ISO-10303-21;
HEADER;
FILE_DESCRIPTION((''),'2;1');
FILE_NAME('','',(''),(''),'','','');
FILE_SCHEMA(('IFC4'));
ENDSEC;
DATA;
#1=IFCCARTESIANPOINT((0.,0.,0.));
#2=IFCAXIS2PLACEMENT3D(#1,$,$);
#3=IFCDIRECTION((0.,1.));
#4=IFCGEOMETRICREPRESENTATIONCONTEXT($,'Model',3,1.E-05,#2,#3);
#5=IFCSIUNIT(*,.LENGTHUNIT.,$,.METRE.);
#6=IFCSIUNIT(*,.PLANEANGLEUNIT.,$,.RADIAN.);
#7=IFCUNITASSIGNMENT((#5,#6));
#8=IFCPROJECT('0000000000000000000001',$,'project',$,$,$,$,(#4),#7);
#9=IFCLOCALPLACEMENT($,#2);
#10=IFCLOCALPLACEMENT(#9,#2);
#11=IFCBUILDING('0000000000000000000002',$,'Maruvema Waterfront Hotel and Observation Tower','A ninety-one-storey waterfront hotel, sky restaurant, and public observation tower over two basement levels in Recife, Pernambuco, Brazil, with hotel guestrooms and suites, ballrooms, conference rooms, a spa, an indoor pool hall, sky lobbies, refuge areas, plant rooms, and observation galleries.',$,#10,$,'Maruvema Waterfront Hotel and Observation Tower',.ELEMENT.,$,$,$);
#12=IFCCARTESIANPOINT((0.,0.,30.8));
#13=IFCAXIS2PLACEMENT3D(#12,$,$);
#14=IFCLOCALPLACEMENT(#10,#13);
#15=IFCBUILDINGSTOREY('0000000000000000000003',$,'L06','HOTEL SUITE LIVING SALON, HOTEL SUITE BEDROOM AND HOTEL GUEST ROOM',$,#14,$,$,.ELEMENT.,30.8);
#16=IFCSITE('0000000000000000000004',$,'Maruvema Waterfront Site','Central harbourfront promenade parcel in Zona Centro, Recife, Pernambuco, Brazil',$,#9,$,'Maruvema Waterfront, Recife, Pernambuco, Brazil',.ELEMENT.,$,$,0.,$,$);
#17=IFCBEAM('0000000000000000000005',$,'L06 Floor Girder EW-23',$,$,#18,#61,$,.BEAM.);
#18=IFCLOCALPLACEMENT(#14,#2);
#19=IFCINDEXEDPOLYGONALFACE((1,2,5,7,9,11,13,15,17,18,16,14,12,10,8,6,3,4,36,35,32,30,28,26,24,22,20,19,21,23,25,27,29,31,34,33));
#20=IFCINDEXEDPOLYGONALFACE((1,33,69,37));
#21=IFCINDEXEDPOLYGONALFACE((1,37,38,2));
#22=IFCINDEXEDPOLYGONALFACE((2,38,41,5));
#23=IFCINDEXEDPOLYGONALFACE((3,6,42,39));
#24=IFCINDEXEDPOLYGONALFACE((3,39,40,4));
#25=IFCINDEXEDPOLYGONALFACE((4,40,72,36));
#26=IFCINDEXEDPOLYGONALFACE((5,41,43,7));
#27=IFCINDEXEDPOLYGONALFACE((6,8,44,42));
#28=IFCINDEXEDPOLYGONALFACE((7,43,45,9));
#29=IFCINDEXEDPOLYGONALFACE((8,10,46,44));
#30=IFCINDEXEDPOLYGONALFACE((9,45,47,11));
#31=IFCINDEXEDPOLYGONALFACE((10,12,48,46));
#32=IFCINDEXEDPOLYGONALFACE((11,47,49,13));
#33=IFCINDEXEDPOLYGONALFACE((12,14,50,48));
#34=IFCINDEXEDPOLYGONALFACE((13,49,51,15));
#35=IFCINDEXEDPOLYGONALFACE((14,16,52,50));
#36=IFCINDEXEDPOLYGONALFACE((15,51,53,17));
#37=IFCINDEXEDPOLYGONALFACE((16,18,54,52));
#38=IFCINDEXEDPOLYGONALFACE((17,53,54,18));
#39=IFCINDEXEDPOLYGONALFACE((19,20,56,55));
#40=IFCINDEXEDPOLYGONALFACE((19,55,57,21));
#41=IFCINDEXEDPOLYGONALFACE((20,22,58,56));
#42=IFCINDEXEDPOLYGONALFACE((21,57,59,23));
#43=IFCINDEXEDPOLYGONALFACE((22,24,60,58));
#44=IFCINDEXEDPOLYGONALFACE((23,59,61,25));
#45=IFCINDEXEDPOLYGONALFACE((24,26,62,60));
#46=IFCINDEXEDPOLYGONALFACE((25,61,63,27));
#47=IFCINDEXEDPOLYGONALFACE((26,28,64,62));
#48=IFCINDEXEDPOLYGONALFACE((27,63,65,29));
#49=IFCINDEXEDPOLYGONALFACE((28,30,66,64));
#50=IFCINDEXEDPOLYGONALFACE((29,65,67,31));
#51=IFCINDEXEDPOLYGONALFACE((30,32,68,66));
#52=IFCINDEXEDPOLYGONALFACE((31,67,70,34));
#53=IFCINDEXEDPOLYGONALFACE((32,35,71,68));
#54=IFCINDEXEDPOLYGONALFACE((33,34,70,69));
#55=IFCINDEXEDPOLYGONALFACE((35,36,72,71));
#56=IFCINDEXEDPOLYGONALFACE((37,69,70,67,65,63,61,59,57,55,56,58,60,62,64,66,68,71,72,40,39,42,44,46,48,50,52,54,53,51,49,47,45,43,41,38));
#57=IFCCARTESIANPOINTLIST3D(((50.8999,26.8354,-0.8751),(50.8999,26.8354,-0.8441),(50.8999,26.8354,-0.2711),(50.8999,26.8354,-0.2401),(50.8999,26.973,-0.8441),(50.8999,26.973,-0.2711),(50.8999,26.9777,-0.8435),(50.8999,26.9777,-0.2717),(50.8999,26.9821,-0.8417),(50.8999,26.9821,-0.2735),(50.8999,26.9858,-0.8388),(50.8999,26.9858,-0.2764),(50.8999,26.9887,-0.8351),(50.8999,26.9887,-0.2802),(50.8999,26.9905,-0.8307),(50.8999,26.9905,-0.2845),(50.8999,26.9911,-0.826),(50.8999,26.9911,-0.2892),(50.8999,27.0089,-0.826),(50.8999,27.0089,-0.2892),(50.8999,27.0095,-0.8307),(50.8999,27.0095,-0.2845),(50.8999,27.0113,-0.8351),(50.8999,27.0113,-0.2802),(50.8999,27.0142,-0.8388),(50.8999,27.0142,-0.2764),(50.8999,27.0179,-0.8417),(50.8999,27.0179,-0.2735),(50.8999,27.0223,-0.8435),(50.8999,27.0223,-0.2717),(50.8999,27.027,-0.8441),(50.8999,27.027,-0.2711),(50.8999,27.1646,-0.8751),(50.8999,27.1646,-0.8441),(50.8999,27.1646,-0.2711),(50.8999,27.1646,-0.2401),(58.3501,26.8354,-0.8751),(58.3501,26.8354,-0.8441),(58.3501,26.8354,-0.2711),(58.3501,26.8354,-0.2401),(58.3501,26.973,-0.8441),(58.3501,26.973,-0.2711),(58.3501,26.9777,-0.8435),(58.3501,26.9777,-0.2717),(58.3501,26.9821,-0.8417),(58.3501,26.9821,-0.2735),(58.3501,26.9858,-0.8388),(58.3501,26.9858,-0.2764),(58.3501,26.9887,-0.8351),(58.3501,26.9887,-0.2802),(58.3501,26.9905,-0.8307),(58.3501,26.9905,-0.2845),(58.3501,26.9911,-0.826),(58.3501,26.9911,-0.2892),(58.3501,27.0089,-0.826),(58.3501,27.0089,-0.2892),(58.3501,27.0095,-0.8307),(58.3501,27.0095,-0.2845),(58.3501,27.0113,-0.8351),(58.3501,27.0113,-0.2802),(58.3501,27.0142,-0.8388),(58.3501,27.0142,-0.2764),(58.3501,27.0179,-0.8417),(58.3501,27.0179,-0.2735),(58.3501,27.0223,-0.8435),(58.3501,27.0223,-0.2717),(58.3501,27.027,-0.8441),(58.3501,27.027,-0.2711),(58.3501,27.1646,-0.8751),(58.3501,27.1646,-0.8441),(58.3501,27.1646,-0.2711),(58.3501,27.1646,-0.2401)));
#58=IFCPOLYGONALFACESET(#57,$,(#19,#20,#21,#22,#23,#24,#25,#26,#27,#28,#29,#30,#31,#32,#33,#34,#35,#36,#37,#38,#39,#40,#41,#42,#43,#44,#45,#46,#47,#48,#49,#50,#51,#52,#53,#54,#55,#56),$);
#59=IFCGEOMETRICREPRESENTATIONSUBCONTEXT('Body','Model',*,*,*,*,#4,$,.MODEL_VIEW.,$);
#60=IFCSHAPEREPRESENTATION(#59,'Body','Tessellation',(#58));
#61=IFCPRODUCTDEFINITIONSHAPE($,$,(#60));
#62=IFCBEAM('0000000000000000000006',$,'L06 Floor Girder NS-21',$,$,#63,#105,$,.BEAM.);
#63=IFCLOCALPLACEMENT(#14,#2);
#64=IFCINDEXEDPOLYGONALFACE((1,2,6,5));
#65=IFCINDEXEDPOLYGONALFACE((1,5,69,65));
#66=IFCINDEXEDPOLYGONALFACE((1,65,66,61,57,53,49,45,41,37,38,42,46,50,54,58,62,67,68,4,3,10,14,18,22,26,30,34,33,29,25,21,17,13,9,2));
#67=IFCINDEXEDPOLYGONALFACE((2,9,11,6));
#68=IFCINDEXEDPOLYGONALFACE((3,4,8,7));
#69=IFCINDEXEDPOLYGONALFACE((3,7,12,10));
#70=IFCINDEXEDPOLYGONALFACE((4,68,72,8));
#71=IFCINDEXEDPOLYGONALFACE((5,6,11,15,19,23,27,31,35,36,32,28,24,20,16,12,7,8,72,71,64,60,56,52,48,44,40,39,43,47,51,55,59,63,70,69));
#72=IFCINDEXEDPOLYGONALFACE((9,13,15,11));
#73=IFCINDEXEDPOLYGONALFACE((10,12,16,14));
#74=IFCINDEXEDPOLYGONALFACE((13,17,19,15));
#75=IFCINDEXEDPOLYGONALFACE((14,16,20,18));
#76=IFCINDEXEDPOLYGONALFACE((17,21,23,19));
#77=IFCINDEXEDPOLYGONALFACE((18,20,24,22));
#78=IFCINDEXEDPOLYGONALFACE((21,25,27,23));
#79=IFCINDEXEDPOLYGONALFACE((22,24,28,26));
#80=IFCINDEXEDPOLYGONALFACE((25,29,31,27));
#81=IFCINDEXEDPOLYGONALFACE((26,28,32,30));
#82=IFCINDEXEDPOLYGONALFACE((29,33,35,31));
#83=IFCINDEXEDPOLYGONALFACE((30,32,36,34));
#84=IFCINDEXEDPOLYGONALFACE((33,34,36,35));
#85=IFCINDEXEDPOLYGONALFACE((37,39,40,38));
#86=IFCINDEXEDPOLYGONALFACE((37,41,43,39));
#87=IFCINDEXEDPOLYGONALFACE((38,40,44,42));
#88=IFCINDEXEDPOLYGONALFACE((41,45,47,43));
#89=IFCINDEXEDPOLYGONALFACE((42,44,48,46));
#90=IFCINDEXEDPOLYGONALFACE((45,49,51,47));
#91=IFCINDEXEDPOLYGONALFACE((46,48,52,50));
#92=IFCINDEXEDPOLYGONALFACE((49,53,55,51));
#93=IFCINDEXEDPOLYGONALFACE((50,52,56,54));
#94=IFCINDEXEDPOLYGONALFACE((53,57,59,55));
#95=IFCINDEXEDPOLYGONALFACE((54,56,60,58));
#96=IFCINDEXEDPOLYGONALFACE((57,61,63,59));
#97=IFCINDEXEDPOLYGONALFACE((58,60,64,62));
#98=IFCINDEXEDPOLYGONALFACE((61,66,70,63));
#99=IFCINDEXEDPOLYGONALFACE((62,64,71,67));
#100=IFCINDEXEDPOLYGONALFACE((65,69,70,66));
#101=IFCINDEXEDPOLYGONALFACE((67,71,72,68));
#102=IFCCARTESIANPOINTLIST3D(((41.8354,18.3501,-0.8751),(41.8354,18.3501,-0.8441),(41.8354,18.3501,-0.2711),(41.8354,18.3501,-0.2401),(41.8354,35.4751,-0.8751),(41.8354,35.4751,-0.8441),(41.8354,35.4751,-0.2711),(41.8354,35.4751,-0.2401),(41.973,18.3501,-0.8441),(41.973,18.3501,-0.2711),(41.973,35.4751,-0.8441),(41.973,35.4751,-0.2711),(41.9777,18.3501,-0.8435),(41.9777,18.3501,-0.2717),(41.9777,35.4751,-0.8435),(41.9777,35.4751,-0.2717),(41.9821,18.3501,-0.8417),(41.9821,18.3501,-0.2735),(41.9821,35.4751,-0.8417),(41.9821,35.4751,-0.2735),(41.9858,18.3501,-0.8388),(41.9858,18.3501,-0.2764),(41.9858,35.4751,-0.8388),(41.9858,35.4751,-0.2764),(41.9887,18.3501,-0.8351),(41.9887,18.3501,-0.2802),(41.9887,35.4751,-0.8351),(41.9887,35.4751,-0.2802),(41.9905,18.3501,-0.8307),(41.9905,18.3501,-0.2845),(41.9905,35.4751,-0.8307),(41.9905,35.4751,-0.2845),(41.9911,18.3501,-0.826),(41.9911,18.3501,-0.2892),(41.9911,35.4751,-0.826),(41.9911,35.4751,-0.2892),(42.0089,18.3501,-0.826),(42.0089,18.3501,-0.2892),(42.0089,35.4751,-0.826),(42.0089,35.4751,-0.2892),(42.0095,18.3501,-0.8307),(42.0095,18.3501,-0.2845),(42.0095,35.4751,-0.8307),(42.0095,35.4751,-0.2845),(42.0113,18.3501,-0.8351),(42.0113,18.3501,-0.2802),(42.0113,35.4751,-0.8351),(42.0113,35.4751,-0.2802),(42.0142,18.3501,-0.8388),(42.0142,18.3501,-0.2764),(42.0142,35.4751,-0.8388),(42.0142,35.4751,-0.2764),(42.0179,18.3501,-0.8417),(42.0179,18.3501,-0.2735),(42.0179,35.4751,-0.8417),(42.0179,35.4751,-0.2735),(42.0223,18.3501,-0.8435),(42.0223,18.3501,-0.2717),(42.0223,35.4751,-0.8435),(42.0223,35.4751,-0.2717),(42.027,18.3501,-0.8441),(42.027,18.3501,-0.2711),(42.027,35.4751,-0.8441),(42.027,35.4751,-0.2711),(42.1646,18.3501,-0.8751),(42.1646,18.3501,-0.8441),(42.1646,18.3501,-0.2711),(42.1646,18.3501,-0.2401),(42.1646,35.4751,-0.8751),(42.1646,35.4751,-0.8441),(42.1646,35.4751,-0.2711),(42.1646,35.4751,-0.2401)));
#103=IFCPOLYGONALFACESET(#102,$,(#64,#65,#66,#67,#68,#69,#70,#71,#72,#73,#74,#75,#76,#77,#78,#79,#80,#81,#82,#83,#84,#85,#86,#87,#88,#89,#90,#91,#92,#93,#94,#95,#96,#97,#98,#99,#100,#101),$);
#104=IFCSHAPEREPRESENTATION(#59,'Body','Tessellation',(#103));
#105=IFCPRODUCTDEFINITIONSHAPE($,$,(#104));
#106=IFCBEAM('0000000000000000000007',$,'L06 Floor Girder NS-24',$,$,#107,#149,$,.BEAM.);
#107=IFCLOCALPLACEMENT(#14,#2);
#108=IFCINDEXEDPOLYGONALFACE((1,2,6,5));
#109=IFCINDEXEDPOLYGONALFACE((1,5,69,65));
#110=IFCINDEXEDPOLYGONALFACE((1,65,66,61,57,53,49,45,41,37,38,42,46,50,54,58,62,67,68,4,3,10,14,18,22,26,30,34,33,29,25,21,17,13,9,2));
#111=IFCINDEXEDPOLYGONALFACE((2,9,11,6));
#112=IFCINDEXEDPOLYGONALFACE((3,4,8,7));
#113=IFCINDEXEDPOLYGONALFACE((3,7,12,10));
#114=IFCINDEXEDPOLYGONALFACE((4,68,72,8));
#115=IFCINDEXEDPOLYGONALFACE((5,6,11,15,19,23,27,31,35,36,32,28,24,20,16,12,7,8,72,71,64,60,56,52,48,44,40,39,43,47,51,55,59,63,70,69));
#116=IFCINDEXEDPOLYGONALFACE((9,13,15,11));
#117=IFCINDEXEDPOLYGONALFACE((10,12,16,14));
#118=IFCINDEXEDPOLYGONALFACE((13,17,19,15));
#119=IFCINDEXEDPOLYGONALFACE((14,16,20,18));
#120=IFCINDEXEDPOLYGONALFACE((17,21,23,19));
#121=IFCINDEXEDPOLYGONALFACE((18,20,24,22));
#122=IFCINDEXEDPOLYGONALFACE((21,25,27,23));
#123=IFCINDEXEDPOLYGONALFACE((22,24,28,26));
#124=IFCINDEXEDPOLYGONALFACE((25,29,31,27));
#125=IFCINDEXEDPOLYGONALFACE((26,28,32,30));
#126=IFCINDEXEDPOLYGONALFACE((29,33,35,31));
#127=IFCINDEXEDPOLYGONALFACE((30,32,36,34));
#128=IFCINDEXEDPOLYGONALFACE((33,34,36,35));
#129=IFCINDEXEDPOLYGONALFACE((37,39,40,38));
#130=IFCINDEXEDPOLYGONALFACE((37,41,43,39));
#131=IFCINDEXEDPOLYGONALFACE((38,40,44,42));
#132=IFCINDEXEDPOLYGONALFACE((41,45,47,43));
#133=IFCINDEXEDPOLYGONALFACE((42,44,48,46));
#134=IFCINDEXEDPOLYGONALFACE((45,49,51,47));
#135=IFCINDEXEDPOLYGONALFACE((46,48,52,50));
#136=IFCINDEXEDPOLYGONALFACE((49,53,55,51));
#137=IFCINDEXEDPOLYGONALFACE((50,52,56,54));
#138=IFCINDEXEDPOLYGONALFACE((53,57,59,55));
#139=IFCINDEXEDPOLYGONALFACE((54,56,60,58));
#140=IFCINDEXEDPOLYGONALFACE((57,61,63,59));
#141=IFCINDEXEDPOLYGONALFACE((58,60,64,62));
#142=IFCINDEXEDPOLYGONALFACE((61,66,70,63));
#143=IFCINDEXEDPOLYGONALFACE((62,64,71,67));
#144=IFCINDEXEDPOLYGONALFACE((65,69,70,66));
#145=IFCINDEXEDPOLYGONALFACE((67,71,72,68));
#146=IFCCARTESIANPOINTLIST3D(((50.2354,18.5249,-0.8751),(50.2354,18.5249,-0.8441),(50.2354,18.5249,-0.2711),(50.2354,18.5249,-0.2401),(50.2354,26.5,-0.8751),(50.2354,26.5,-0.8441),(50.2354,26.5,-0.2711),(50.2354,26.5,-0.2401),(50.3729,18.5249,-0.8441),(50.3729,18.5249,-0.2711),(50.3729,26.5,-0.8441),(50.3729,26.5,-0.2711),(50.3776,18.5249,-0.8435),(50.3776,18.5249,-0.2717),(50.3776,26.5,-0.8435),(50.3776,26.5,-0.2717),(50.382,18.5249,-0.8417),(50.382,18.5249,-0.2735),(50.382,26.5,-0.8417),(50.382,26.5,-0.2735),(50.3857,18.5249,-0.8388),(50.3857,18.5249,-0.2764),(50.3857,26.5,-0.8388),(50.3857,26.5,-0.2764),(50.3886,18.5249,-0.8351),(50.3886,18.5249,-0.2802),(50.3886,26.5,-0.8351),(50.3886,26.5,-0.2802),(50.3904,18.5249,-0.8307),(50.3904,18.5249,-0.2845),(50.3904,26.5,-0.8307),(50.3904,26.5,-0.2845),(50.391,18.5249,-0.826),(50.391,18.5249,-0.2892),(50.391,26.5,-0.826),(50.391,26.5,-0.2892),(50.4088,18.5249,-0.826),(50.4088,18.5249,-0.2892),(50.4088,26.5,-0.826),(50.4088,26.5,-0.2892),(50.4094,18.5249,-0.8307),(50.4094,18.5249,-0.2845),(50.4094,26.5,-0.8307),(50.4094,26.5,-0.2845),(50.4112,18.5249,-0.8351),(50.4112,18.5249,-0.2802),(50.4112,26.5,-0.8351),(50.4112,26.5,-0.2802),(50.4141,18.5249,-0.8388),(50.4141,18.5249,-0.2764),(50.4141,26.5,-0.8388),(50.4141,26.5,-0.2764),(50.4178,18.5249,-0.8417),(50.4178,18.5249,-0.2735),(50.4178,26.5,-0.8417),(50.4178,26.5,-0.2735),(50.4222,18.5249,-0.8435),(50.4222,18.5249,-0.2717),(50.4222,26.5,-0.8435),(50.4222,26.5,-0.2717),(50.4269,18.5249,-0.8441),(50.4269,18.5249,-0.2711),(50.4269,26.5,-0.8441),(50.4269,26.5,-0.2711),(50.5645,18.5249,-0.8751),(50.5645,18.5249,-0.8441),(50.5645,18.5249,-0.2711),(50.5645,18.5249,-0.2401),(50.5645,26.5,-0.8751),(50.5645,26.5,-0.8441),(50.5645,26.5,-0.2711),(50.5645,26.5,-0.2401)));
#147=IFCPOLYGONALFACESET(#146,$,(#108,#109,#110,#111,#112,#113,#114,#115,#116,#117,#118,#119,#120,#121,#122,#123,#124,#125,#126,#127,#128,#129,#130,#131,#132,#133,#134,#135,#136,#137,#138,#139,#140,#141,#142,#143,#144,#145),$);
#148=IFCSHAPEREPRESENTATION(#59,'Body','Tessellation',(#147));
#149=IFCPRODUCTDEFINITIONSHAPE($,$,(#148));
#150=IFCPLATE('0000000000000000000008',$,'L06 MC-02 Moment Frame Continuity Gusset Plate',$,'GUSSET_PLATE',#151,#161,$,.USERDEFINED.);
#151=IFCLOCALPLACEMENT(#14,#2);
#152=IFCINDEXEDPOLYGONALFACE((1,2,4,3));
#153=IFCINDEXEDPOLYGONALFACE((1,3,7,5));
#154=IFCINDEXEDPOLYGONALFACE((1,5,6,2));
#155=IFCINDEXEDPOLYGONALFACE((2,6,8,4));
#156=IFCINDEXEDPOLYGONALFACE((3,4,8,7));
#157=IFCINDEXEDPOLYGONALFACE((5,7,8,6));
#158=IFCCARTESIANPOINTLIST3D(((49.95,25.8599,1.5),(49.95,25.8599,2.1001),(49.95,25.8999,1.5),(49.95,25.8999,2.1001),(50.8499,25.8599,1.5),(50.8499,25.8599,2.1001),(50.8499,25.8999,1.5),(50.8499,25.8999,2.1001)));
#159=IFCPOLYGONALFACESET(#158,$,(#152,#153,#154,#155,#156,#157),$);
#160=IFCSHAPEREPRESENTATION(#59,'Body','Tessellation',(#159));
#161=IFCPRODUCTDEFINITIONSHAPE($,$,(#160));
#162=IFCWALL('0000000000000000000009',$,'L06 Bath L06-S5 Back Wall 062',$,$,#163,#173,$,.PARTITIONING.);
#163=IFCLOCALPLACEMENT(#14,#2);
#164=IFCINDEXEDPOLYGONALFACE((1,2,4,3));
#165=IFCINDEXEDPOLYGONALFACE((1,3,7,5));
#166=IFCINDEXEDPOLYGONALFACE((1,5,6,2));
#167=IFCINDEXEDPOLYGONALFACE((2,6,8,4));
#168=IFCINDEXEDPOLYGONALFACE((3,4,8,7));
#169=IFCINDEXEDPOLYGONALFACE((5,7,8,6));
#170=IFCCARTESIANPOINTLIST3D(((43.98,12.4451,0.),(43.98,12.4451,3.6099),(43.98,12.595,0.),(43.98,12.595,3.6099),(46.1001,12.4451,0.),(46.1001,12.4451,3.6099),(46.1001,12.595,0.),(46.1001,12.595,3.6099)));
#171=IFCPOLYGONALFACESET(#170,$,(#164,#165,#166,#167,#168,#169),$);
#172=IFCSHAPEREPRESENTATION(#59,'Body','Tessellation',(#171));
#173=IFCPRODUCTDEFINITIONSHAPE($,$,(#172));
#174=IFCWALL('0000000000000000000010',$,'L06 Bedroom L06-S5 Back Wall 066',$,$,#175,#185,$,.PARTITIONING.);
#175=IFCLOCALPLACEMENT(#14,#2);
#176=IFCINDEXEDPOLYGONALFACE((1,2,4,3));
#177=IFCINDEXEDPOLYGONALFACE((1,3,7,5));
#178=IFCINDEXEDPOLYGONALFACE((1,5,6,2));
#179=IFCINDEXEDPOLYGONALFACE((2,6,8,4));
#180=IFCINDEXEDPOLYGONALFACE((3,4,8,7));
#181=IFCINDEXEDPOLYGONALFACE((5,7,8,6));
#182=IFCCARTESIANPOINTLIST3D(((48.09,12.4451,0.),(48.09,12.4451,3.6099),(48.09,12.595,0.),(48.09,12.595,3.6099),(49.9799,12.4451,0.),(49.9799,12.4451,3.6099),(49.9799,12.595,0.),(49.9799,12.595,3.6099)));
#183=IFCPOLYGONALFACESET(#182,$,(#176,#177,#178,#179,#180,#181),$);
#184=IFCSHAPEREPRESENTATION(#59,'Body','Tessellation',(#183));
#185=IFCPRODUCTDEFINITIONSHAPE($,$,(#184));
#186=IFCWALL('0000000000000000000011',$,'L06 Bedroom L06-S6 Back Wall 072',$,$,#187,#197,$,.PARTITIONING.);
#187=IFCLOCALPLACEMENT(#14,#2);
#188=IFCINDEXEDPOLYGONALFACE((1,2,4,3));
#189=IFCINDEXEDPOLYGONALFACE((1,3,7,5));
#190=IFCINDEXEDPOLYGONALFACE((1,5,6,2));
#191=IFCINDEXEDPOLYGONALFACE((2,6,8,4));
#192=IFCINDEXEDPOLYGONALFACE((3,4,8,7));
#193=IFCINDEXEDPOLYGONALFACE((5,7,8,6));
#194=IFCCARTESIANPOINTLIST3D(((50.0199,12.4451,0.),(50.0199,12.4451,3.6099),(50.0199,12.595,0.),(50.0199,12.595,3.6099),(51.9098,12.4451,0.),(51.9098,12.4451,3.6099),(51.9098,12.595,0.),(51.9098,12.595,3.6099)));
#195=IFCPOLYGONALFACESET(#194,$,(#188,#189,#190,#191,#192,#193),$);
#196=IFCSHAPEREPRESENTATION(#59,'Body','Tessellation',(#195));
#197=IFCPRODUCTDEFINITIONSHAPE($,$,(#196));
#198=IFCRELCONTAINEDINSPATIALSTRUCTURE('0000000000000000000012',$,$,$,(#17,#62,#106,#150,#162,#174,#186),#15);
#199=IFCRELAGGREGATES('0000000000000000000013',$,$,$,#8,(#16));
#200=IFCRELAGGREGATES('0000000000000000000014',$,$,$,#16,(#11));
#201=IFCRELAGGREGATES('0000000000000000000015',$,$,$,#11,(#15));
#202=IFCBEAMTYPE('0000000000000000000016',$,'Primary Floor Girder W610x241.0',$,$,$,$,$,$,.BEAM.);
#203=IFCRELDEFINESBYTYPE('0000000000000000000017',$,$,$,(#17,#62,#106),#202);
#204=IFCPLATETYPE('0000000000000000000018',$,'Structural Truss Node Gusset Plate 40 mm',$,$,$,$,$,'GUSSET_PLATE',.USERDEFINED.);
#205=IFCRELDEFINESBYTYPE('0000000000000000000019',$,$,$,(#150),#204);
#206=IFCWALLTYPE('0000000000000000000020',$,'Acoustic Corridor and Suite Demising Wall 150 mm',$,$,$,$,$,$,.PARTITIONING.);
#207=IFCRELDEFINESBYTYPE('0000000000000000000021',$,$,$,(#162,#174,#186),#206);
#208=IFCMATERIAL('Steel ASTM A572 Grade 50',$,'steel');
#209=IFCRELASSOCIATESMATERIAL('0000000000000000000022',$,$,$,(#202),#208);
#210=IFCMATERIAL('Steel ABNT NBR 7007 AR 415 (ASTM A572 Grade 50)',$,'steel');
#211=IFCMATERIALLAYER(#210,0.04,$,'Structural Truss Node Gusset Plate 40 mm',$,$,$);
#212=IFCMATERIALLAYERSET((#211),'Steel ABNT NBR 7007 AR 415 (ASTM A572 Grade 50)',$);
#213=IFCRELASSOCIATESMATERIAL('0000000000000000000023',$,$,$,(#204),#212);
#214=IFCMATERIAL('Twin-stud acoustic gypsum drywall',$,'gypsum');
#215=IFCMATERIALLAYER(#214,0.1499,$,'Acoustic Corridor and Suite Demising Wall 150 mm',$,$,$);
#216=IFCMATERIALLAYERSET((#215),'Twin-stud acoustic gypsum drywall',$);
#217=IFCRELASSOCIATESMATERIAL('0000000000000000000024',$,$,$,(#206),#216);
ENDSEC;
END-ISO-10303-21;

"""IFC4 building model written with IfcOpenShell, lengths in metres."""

from ifc_helpers import new_model, si_unit, direction, frame, frame_2d, origin, origin_2d, place, context, subcontext, project, spatial, rectangle, i_section, extrude, material, layer, layer_set, material_profile, profile_set, type_object, element, save


model = new_model("IFC4")

# Units and contexts
model_context = context("Model", 3, precision=1e-05, world=origin(), true_north=direction((0.0, 1.0)))
body_context = subcontext(model_context, "Body", "Model", "MODEL_VIEW")
ifc_project = project(units=[si_unit("LENGTHUNIT", "METRE"), si_unit("PLANEANGLEUNIT", "RADIAN")], contexts=[model_context])

# Site, building, storey
site_placement = place(None, origin())
site = spatial("IfcSite", under=ifc_project, at=site_placement, Name="Maruvema Waterfront Site", Description="Central harbourfront promenade parcel in Zona Centro, Recife, Pernambuco, Brazil", LongName="Maruvema Waterfront, Recife, Pernambuco, Brazil", CompositionType="ELEMENT", RefElevation=0.0)
building_placement = place(site_placement, origin())
building = spatial("IfcBuilding", under=site, at=building_placement, Name="Maruvema Waterfront Hotel and Observation Tower", Description="A ninety-one-storey waterfront hotel, sky restaurant, and public observation tower over two basement levels in Recife, Pernambuco, Brazil, with hotel guestrooms and suites, ballrooms, conference rooms, a spa, an indoor pool hall, sky lobbies, refuge areas, plant rooms, and observation galleries.", LongName="Maruvema Waterfront Hotel and Observation Tower", CompositionType="ELEMENT")
storey_placement = place(building_placement, frame((0.0, 0.0, 30.8)))
storey = spatial("IfcBuildingStorey", under=building, at=storey_placement, Name="L06", Description="HOTEL SUITE LIVING SALON, HOTEL SUITE BEDROOM AND HOTEL GUEST ROOM", CompositionType="ELEMENT", Elevation=30.8)

# Beams
ifc_material_1 = material(Name="Steel ASTM A572 Grade 50", Category="steel")
ifc_material_profile_1 = material_profile(ifc_material_1, i_section(OverallWidth=0.3291, OverallDepth=0.635, WebThickness=0.0178, FlangeThickness=0.031, FilletRadius=0.0181, at=origin_2d()), Name="W610x241.0")
ifc_profile_set_1 = profile_set([ifc_material_profile_1], Name="Steel ASTM A572 Grade 50")
beam_type = type_object("IfcBeamType", Name="Primary Floor Girder W610x241.0", PredefinedType="BEAM", material=ifc_profile_set_1)
beam_1_placement = place(storey_placement, frame((50.8999, 27.0, -0.5576), z_axis=(1.0, 0.0, 0.0), x_axis=(0.0, 1.0, 0.0)))
element("IfcBeam", 1, at=beam_1_placement, inside=storey, type_object=beam_type, Name="L06 Floor Girder EW-23", PredefinedType="BEAM", context=body_context, shape_type="SweptSolid", body=[
    extrude(i_section(OverallWidth=0.3291, OverallDepth=0.635, WebThickness=0.0178, FlangeThickness=0.031, FilletRadius=0.0181, at=origin_2d()), origin(), (0.0, 0.0, 1.0), 7.4502),
])
beam_2_placement = place(storey_placement, frame((42.0, 18.3501, -0.5576), z_axis=(0.0, 1.0, 0.0), x_axis=(-1.0, 0.0, 0.0)))
element("IfcBeam", 2, at=beam_2_placement, inside=storey, type_object=beam_type, Name="L06 Floor Girder NS-21", PredefinedType="BEAM", context=body_context, shape_type="SweptSolid", body=[
    extrude(i_section(OverallWidth=0.3291, OverallDepth=0.635, WebThickness=0.0178, FlangeThickness=0.031, FilletRadius=0.0181, at=origin_2d()), origin(), (0.0, 0.0, 1.0), 17.125),
])
beam_3_placement = place(storey_placement, frame((50.3999, 18.5249, -0.5576), z_axis=(0.0, 1.0, 0.0), x_axis=(-1.0, 0.0, 0.0)))
element("IfcBeam", 3, at=beam_3_placement, inside=storey, type_object=beam_type, Name="L06 Floor Girder NS-24", PredefinedType="BEAM", context=body_context, shape_type="SweptSolid", body=[
    extrude(i_section(OverallWidth=0.3291, OverallDepth=0.635, WebThickness=0.0178, FlangeThickness=0.031, FilletRadius=0.0181, at=origin_2d()), origin(), (0.0, 0.0, 1.0), 7.9751),
])

# Plate
ifc_material_2 = material(Name="Steel ABNT NBR 7007 AR 415 (ASTM A572 Grade 50)", Category="steel")
ifc_layer_1 = layer(ifc_material_2, 0.04, Name="Structural Truss Node Gusset Plate 40 mm")
ifc_layer_set_1 = layer_set([ifc_layer_1], Name="Steel ABNT NBR 7007 AR 415 (ASTM A572 Grade 50)")
plate_type = type_object("IfcPlateType", Name="Structural Truss Node Gusset Plate 40 mm", ElementType="GUSSET_PLATE", PredefinedType="USERDEFINED", material=ifc_layer_set_1)
plate_placement = place(storey_placement, frame((50.3999, 25.8799, 1.5), z_axis=(0.0, 0.0, 1.0), x_axis=(1.0, 0.0, 0.0)))
element("IfcPlate", 4, at=plate_placement, inside=storey, type_object=plate_type, Name="L06 MC-02 Moment Frame Continuity Gusset Plate", ObjectType="GUSSET_PLATE", PredefinedType="USERDEFINED", context=body_context, shape_type="SweptSolid", body=[
    extrude(rectangle(XDim=0.8999, YDim=0.04, at=origin_2d()), origin(), (0.0, 0.0, 1.0), 0.6001),
])

# Wall
ifc_material_3 = material(Name="Twin-stud acoustic gypsum drywall", Category="gypsum")
ifc_layer_2 = layer(ifc_material_3, 0.1499, Name="Acoustic Corridor and Suite Demising Wall 150 mm")
ifc_layer_set_2 = layer_set([ifc_layer_2], Name="Twin-stud acoustic gypsum drywall")
wall_type_1 = type_object("IfcWallType", Name="Acoustic Corridor and Suite Demising Wall 150 mm", PredefinedType="PARTITIONING", material=ifc_layer_set_2)
wall_1_placement = place(storey_placement, frame((43.98, 12.52, 0.0), z_axis=(0.0, 0.0, 1.0), x_axis=(1.0, 0.0, 0.0)))
element("IfcWall", 5, at=wall_1_placement, inside=storey, type_object=wall_type_1, Name="L06 Bath L06-S5 Back Wall 062", PredefinedType="PARTITIONING", context=body_context, shape_type="SweptSolid", body=[
    extrude(rectangle(XDim=2.1201, YDim=0.1499, at=frame_2d((1.0601, 0.0))), origin(), (0.0, 0.0, 1.0), 3.6099),
])

# Walls
for number, where, z_axis, x_axis, name in (
    (6, (48.0901, 12.52, 0.0), (0.0, 0.0, 1.0), (1.0, 0.0, 0.0), "L06 Bedroom L06-S5 Back Wall 066"),
    (7, (50.02, 12.52, 0.0), (0.0, 0.0, 1.0), (1.0, 0.0, 0.0), "L06 Bedroom L06-S6 Back Wall 072"),
):
    element("IfcWall", number, at=place(storey_placement, frame(where, z_axis=z_axis, x_axis=x_axis)), inside=storey, type_object=wall_type_1, Name=name, PredefinedType="PARTITIONING", context=body_context, shape_type="SweptSolid", body=[
        extrude(rectangle(XDim=1.8899, YDim=0.1499, at=frame_2d((0.9448, 0.0))), origin(), (0.0, 0.0, 1.0), 3.6099),
    ])

save(model, "model.ifc")
